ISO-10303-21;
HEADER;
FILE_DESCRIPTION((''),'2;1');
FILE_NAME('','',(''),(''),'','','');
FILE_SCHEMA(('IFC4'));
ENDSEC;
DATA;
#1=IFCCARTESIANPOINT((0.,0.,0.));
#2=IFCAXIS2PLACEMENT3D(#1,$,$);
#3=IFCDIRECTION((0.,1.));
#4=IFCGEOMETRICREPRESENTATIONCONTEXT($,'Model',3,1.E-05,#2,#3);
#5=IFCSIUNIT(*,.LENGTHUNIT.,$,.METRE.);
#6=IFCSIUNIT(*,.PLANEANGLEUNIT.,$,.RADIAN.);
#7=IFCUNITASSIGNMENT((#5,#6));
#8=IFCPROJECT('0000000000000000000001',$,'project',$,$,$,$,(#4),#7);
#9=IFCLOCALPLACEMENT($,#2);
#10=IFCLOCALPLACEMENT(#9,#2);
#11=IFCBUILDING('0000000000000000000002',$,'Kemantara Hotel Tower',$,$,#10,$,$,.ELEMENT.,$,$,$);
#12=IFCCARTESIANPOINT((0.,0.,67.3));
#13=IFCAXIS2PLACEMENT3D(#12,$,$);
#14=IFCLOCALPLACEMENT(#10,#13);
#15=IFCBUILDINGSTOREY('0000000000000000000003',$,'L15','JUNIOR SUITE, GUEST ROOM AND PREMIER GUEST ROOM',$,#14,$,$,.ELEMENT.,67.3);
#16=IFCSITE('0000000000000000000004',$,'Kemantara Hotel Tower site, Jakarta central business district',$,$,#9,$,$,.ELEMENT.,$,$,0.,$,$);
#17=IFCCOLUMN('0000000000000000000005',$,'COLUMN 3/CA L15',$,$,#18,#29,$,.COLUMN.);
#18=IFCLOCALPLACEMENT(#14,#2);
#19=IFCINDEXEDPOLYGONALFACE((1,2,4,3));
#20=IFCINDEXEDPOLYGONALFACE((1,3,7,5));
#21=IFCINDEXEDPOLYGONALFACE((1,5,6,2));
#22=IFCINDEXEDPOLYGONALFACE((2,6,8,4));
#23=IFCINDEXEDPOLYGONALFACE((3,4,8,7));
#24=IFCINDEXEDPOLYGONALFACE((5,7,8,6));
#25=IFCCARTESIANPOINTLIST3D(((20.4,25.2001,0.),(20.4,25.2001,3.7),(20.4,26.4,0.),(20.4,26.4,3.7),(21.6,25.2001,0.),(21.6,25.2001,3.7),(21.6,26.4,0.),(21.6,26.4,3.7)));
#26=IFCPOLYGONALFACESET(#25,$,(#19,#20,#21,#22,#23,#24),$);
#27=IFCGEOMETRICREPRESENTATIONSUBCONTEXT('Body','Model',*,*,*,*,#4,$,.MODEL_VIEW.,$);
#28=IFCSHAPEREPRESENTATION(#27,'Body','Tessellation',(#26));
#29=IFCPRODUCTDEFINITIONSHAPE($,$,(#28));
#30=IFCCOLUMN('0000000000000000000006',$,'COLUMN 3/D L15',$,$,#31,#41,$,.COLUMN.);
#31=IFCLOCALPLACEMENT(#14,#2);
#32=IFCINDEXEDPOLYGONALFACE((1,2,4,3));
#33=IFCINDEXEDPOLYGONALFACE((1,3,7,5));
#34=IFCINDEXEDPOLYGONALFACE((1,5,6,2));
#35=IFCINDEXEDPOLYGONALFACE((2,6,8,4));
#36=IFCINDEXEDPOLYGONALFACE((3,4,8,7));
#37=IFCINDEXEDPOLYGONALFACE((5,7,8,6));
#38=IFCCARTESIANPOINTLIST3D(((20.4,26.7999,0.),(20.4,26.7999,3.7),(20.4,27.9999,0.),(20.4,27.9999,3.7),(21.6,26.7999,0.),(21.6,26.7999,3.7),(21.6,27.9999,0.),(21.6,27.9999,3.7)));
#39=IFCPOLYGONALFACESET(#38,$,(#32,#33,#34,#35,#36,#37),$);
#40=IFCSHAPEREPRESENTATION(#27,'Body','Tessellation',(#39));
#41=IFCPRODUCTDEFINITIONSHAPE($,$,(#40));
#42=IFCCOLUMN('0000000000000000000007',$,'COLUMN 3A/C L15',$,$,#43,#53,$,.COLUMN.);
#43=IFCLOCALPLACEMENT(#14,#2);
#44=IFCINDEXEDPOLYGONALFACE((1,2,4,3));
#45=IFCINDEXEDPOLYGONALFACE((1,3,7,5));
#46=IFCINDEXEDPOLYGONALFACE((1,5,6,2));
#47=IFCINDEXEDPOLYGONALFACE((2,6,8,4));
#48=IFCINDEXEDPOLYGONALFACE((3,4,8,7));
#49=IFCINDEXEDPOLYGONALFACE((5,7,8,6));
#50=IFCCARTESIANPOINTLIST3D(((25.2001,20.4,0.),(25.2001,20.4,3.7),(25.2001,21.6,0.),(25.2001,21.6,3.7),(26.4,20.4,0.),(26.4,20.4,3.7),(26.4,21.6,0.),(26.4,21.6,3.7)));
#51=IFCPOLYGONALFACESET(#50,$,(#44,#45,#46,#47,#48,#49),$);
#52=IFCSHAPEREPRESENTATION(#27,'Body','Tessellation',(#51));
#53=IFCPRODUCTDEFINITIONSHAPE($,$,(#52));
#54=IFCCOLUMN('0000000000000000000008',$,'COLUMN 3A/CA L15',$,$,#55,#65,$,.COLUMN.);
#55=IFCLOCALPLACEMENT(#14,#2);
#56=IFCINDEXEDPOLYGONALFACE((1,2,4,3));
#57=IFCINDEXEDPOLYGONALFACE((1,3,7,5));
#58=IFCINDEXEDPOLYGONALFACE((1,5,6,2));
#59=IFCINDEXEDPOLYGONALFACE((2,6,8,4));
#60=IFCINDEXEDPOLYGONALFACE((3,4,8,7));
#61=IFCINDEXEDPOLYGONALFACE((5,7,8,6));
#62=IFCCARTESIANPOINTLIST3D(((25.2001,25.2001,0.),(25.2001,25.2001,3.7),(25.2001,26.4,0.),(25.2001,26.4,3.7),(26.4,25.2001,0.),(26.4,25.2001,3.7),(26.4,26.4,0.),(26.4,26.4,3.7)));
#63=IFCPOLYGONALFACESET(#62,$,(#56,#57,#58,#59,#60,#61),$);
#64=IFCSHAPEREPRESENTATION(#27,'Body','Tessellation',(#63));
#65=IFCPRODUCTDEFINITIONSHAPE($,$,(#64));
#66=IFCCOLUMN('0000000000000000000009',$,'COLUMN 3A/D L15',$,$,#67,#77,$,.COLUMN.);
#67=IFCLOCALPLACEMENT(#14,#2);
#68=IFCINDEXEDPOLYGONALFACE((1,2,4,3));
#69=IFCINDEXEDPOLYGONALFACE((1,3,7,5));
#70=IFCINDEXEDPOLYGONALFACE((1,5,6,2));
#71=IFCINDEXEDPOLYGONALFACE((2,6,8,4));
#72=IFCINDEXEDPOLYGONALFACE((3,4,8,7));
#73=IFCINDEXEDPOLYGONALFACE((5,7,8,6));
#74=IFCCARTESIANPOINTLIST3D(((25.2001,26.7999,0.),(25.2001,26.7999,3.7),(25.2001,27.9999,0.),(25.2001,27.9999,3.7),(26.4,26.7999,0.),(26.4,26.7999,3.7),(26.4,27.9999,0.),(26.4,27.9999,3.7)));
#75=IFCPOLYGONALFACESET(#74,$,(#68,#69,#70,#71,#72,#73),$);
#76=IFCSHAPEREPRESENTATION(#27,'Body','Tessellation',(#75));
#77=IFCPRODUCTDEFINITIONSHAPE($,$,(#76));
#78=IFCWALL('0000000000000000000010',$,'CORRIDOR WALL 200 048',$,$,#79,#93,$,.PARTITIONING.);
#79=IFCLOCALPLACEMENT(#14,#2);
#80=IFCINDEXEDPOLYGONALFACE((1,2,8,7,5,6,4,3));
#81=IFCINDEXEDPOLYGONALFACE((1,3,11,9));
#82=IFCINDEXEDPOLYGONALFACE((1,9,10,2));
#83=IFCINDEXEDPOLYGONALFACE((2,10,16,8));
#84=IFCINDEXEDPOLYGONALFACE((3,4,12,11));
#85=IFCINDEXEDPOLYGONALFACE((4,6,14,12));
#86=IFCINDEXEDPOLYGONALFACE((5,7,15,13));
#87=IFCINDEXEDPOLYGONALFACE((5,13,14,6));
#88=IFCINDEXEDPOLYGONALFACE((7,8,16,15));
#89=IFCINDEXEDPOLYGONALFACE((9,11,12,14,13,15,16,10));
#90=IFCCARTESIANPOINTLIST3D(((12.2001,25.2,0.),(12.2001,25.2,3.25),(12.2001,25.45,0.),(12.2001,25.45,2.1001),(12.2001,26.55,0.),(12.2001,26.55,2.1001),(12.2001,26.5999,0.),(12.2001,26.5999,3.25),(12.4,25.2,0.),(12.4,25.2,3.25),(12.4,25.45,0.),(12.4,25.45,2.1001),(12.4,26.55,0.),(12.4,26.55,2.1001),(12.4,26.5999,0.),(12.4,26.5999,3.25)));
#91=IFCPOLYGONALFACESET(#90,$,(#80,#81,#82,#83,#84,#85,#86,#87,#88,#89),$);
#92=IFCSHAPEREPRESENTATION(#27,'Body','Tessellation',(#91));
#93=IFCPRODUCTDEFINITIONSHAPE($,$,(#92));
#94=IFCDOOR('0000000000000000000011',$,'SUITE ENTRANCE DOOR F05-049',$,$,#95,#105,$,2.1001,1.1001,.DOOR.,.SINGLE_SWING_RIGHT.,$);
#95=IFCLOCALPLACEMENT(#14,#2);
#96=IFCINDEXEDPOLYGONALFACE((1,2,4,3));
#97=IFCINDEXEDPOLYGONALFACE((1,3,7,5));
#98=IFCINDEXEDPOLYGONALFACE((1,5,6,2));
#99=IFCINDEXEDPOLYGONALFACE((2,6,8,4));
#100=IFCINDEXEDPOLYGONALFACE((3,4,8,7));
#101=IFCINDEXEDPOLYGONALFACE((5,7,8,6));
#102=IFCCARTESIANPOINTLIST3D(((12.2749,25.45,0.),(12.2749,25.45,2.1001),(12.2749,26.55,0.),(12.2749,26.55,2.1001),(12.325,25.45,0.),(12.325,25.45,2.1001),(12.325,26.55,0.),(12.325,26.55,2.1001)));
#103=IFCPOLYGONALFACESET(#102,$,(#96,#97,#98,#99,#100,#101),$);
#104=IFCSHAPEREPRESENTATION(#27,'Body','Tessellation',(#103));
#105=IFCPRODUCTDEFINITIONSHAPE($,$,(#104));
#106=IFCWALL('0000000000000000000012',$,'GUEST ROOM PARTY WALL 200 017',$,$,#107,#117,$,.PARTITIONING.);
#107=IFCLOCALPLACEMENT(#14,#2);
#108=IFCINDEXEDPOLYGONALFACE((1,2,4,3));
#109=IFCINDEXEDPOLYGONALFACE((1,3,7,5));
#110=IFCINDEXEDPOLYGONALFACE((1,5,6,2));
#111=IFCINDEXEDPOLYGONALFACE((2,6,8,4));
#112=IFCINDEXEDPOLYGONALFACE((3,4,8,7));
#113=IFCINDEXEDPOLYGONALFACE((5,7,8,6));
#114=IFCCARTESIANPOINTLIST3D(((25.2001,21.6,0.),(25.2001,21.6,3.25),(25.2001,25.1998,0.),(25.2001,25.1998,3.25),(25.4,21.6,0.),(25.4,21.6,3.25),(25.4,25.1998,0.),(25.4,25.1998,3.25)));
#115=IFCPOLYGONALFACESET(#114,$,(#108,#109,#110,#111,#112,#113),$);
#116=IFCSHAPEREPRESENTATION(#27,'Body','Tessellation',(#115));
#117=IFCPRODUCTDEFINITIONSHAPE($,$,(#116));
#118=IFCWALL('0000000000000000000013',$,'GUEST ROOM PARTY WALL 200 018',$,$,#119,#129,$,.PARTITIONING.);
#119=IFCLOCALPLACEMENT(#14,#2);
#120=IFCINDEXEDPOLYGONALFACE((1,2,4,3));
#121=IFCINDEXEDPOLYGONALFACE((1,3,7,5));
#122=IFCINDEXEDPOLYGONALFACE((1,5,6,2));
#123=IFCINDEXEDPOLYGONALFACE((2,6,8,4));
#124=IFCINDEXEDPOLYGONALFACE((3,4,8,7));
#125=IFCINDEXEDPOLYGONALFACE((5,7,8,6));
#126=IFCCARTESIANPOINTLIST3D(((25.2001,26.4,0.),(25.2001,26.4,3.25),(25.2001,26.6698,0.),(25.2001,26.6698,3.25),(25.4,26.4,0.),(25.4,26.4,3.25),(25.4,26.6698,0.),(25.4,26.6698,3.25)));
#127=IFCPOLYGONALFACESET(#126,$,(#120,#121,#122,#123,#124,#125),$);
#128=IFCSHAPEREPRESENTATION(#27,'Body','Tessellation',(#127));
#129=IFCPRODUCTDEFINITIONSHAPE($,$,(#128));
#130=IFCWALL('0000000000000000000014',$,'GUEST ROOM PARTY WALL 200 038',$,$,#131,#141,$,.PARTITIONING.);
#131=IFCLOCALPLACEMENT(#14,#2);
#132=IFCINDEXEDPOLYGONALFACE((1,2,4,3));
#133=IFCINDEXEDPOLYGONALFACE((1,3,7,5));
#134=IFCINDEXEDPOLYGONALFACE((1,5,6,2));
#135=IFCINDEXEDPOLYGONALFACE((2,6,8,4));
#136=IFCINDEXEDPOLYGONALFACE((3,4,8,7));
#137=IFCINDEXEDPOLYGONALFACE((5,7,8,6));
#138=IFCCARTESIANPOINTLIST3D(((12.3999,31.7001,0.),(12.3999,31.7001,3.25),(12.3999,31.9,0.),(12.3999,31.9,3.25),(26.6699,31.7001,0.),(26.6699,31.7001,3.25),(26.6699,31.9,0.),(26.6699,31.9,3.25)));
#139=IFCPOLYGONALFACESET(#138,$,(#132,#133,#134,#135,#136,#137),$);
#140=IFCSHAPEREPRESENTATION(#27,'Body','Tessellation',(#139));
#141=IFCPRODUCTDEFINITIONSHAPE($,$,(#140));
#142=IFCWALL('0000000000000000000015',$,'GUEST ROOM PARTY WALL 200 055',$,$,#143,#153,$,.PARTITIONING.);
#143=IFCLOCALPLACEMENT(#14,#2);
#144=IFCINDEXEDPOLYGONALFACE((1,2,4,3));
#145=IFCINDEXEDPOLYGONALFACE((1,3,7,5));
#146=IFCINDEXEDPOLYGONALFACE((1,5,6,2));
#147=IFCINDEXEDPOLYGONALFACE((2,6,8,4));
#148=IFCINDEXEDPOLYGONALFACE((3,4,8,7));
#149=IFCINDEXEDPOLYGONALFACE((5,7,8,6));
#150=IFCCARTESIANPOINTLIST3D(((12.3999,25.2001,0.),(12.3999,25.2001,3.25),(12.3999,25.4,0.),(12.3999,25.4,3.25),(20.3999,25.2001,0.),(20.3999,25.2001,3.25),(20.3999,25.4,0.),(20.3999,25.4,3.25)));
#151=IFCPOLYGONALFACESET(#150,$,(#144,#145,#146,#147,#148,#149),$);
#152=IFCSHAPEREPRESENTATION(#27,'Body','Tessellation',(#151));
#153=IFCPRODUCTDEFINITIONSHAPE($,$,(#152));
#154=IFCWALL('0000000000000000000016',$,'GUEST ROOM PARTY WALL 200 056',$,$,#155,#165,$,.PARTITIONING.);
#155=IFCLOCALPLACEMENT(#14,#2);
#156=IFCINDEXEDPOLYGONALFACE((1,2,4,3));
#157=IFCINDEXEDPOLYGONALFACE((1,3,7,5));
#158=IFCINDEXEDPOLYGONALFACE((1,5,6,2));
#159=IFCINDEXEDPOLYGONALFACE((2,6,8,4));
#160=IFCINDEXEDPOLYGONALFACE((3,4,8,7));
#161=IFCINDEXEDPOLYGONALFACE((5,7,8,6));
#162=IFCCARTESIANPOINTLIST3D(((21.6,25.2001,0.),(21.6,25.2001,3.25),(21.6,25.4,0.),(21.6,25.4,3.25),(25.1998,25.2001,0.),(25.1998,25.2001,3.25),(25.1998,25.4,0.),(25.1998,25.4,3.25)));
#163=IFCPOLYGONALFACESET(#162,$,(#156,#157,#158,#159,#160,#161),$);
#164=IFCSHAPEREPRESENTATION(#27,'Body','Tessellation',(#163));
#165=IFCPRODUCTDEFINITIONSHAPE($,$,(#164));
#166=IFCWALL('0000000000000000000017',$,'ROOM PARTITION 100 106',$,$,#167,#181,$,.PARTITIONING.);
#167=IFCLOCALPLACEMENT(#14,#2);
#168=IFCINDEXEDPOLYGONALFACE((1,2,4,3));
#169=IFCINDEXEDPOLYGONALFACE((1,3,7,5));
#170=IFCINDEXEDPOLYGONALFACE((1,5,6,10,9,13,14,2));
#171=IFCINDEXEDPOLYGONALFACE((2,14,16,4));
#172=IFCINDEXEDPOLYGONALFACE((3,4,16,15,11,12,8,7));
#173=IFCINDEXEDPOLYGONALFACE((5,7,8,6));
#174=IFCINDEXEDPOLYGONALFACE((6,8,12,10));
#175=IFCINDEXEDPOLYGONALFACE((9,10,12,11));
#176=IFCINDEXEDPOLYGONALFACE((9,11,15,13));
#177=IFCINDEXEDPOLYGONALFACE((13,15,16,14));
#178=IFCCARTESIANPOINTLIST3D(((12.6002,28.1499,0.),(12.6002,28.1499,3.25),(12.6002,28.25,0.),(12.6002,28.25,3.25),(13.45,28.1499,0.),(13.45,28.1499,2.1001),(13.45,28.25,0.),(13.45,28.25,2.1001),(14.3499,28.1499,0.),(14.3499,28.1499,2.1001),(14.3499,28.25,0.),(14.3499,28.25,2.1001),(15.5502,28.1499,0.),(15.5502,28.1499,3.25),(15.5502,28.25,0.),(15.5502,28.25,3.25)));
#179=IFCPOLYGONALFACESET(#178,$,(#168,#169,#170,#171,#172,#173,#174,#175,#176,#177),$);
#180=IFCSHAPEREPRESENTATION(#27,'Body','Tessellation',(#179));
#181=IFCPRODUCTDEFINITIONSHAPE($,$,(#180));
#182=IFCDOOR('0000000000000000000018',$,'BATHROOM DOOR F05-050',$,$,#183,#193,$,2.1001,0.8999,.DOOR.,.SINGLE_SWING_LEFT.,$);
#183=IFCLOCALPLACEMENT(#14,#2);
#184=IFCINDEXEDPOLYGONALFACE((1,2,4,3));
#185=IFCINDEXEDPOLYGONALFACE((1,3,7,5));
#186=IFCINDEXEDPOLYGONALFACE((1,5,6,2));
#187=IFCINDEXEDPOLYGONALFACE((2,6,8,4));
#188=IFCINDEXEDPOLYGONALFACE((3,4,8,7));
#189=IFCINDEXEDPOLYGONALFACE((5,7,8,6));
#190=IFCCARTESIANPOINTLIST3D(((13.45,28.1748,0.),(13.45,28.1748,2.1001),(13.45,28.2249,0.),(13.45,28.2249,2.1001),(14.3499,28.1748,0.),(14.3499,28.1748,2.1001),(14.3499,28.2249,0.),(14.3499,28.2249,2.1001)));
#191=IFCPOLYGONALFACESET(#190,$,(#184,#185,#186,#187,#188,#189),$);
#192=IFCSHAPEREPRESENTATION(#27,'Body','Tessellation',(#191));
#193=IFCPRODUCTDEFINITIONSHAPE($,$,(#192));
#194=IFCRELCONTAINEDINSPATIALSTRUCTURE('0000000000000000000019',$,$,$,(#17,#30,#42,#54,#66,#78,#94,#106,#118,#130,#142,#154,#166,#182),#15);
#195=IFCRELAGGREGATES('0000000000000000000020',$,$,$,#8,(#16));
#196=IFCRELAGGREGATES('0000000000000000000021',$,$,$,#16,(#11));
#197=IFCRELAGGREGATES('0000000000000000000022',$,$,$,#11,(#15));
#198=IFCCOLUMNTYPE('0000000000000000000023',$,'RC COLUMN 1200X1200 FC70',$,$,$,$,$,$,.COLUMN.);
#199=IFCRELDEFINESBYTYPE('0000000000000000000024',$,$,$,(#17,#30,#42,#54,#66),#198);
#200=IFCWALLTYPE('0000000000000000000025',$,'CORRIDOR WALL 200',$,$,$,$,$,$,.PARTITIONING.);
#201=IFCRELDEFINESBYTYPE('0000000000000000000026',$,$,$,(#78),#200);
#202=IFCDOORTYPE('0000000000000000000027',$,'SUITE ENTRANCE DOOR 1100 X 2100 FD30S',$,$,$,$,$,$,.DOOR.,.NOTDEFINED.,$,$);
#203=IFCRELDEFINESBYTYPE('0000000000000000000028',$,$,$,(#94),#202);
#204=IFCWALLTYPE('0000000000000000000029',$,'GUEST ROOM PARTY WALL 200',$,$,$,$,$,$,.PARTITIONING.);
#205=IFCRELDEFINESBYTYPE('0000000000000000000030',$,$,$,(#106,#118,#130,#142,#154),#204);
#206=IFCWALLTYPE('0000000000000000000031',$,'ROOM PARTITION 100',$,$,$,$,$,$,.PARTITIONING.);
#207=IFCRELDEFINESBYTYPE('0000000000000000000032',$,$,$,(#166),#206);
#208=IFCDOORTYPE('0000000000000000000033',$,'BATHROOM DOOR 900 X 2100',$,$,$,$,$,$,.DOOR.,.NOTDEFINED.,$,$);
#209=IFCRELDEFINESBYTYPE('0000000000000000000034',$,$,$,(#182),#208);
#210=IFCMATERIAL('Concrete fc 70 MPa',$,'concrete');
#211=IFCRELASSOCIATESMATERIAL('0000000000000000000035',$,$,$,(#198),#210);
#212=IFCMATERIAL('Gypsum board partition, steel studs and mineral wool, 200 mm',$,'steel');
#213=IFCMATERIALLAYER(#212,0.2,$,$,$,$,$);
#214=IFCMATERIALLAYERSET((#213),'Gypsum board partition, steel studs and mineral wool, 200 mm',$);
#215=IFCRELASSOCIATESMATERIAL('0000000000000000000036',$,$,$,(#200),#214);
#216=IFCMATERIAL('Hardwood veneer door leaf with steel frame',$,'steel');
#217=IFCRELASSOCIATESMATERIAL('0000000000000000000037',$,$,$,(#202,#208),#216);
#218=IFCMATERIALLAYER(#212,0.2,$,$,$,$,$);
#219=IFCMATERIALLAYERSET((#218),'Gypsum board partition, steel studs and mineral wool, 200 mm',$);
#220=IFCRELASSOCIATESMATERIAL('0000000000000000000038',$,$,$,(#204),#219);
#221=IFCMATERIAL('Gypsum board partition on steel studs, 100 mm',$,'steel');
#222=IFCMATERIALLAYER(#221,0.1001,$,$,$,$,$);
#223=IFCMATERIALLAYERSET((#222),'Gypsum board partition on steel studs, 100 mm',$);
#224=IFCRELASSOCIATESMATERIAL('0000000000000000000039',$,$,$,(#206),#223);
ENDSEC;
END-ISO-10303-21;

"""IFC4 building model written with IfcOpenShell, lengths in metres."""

from ifc_helpers import new_model, si_unit, direction, frame, frame_2d, origin, origin_2d, place, context, subcontext, project, spatial, rectangle, extrude, material, layer, layer_set, material_profile, profile_set, type_object, element, fill, save


model = new_model("IFC4")

# Units and contexts
model_context = context("Model", 3, precision=1e-05, world=origin(), true_north=direction((0.0, 1.0)))
body_context = subcontext(model_context, "Body", "Model", "MODEL_VIEW")
ifc_project = project(units=[si_unit("LENGTHUNIT", "METRE"), si_unit("PLANEANGLEUNIT", "RADIAN")], contexts=[model_context])

# Site, building, storey
site_placement = place(None, origin())
site = spatial("IfcSite", under=ifc_project, at=site_placement, Name="Kemantara Hotel Tower site, Jakarta central business district", CompositionType="ELEMENT", RefElevation=0.0)
building_placement = place(site_placement, origin())
building = spatial("IfcBuilding", under=site, at=building_placement, Name="Kemantara Hotel Tower", CompositionType="ELEMENT")
storey_placement = place(building_placement, frame((0.0, 0.0, 67.3)))
storey = spatial("IfcBuildingStorey", under=building, at=storey_placement, Name="L15", Description="JUNIOR SUITE, GUEST ROOM AND PREMIER GUEST ROOM", CompositionType="ELEMENT", Elevation=67.3)

# Columns
ifc_material_1 = material(Name="Concrete fc 70 MPa", Category="concrete")
ifc_material_profile = material_profile(ifc_material_1, rectangle(XDim=1.2, YDim=1.2, at=origin_2d()), Name="RC 1200X1200")
ifc_profile_set = profile_set([ifc_material_profile], Name="Concrete fc 70 MPa")
column_type = type_object("IfcColumnType", Name="RC COLUMN 1200X1200 FC70", PredefinedType="COLUMN", material=ifc_profile_set)
for number, where, z_axis, x_axis, name in (
    (1, (21.0, 25.8, 0.0), (0.0, 0.0, 1.0), (1.0, 0.0, 0.0), "COLUMN 3/CA L15"),
    (2, (21.0, 27.3999, 0.0), (0.0, 0.0, 1.0), (1.0, 0.0, 0.0), "COLUMN 3/D L15"),
    (3, (25.8, 21.0, 0.0), (0.0, 0.0, 1.0), (1.0, 0.0, 0.0), "COLUMN 3A/C L15"),
    (4, (25.8, 25.8, 0.0), (0.0, 0.0, 1.0), (1.0, 0.0, 0.0), "COLUMN 3A/CA L15"),
    (5, (25.8, 27.3999, 0.0), (0.0, 0.0, 1.0), (1.0, 0.0, 0.0), "COLUMN 3A/D L15"),
):
    element("IfcColumn", number, at=place(storey_placement, frame(where, z_axis=z_axis, x_axis=x_axis)), inside=storey, type_object=column_type, Name=name, PredefinedType="COLUMN", context=body_context, shape_type="SweptSolid", body=[
        extrude(rectangle(XDim=1.2, YDim=1.2, at=origin_2d()), origin(), (0.0, 0.0, 1.0), 3.7),
    ])

# Wall, opening, door
ifc_material_2 = material(Name="Gypsum board partition, steel studs and mineral wool, 200 mm", Category="steel")
ifc_layer_1 = layer(ifc_material_2, 0.2)
ifc_layer_set_1 = layer_set([ifc_layer_1], Name="Gypsum board partition, steel studs and mineral wool, 200 mm")
wall_type_1 = type_object("IfcWallType", Name="CORRIDOR WALL 200", PredefinedType="PARTITIONING", material=ifc_layer_set_1)
wall_1_placement = place(storey_placement, frame((12.3, 26.5999, 0.0), z_axis=(0.0, 0.0, 1.0), x_axis=(0.0, -1.0, 0.0)))
wall_1 = element("IfcWall", 6, at=wall_1_placement, inside=storey, type_object=wall_type_1, Name="CORRIDOR WALL 200 048", PredefinedType="PARTITIONING", context=body_context, shape_type="SweptSolid", body=[
    extrude(rectangle(XDim=1.3999, YDim=0.2, at=frame_2d((0.7, 0.0))), origin(), (0.0, 0.0, 1.0), 3.25),
])
opening_1_placement = place(wall_1_placement, frame((0.0498, 0.0, 0.0)))
opening_1 = element("IfcOpeningElement", 7, at=opening_1_placement, cuts=wall_1, PredefinedType="OPENING", context=body_context, shape_type="SweptSolid", body=[
    extrude(rectangle(XDim=1.1001, YDim=2.1001, at=frame_2d((0.55, 1.05))), frame((0.0, 0.1099, 0.0), z_axis=(0.0, -1.0, 0.0), x_axis=(1.0, 0.0, 0.0)), (0.0, 0.0, 1.0), 0.22),
])
ifc_material_3 = material(Name="Hardwood veneer door leaf with steel frame", Category="steel")
door_type_1 = type_object("IfcDoorType", Name="SUITE ENTRANCE DOOR 1100 X 2100 FD30S", OperationType="NOTDEFINED", PredefinedType="DOOR", material=ifc_material_3)
door_1_placement = place(opening_1_placement, origin())
door_1 = element("IfcDoor", 8, at=door_1_placement, inside=storey, type_object=door_type_1, Name="SUITE ENTRANCE DOOR F05-049", OperationType="SINGLE_SWING_RIGHT", OverallHeight=2.1001, OverallWidth=1.1001, PredefinedType="DOOR", context=body_context, shape_type="SweptSolid", body=[
    extrude(rectangle(XDim=1.1001, YDim=2.1001, at=frame_2d((0.55, 1.05))), frame((0.0, 0.0249, 0.0), z_axis=(0.0, -1.0, 0.0), x_axis=(1.0, 0.0, 0.0)), (0.0, 0.0, 1.0), 0.05),
])
fill(opening_1, door_1)

# Walls
ifc_layer_2 = layer(ifc_material_2, 0.2)
ifc_layer_set_2 = layer_set([ifc_layer_2], Name="Gypsum board partition, steel studs and mineral wool, 200 mm")
wall_type_2 = type_object("IfcWallType", Name="GUEST ROOM PARTY WALL 200", PredefinedType="PARTITIONING", material=ifc_layer_set_2)
wall_2_placement = place(storey_placement, frame((25.3, 21.6001, 0.0), z_axis=(0.0, 0.0, 1.0), x_axis=(0.0, 1.0, 0.0)))
element("IfcWall", 9, at=wall_2_placement, inside=storey, type_object=wall_type_2, Name="GUEST ROOM PARTY WALL 200 017", PredefinedType="PARTITIONING", context=body_context, shape_type="SweptSolid", body=[
    extrude(rectangle(XDim=3.5999, YDim=0.2, at=frame_2d((1.7998, 0.0))), origin(), (0.0, 0.0, 1.0), 3.25),
])
wall_3_placement = place(storey_placement, frame((25.3, 26.4001, 0.0), z_axis=(0.0, 0.0, 1.0), x_axis=(0.0, 1.0, 0.0)))
element("IfcWall", 10, at=wall_3_placement, inside=storey, type_object=wall_type_2, Name="GUEST ROOM PARTY WALL 200 018", PredefinedType="PARTITIONING", context=body_context, shape_type="SweptSolid", body=[
    extrude(rectangle(XDim=0.2698, YDim=0.2, at=frame_2d((0.1348, 0.0))), origin(), (0.0, 0.0, 1.0), 3.25),
])
wall_4_placement = place(storey_placement, frame((12.3999, 31.8, 0.0), z_axis=(0.0, 0.0, 1.0), x_axis=(1.0, 0.0, 0.0)))
element("IfcWall", 11, at=wall_4_placement, inside=storey, type_object=wall_type_2, Name="GUEST ROOM PARTY WALL 200 038", PredefinedType="PARTITIONING", context=body_context, shape_type="SweptSolid", body=[
    extrude(rectangle(XDim=14.27, YDim=0.2, at=frame_2d((7.135, 0.0))), origin(), (0.0, 0.0, 1.0), 3.25),
])
wall_5_placement = place(storey_placement, frame((12.3999, 25.3, 0.0), z_axis=(0.0, 0.0, 1.0), x_axis=(1.0, 0.0, 0.0)))
element("IfcWall", 12, at=wall_5_placement, inside=storey, type_object=wall_type_2, Name="GUEST ROOM PARTY WALL 200 055", PredefinedType="PARTITIONING", context=body_context, shape_type="SweptSolid", body=[
    extrude(rectangle(XDim=8.0, YDim=0.2, at=frame_2d((4.0, 0.0))), origin(), (0.0, 0.0, 1.0), 3.25),
])
wall_6_placement = place(storey_placement, frame((21.6001, 25.3, 0.0), z_axis=(0.0, 0.0, 1.0), x_axis=(1.0, 0.0, 0.0)))
element("IfcWall", 13, at=wall_6_placement, inside=storey, type_object=wall_type_2, Name="GUEST ROOM PARTY WALL 200 056", PredefinedType="PARTITIONING", context=body_context, shape_type="SweptSolid", body=[
    extrude(rectangle(XDim=3.5999, YDim=0.2, at=frame_2d((1.7998, 0.0))), origin(), (0.0, 0.0, 1.0), 3.25),
])

# Wall, opening, door
ifc_material_4 = material(Name="Gypsum board partition on steel studs, 100 mm", Category="steel")
ifc_layer_3 = layer(ifc_material_4, 0.1001)
ifc_layer_set_3 = layer_set([ifc_layer_3], Name="Gypsum board partition on steel studs, 100 mm")
wall_type_3 = type_object("IfcWallType", Name="ROOM PARTITION 100", PredefinedType="PARTITIONING", material=ifc_layer_set_3)
wall_7_placement = place(storey_placement, frame((12.6001, 28.2, 0.0), z_axis=(0.0, 0.0, 1.0), x_axis=(1.0, 0.0, 0.0)))
wall_7 = element("IfcWall", 14, at=wall_7_placement, inside=storey, type_object=wall_type_3, Name="ROOM PARTITION 100 106", PredefinedType="PARTITIONING", context=body_context, shape_type="SweptSolid", body=[
    extrude(rectangle(XDim=2.95, YDim=0.1001, at=frame_2d((1.4751, 0.0))), origin(), (0.0, 0.0, 1.0), 3.25),
])
opening_2_placement = place(wall_7_placement, frame((0.8499, 0.0, 0.0)))
opening_2 = element("IfcOpeningElement", 15, at=opening_2_placement, cuts=wall_7, PredefinedType="OPENING", context=body_context, shape_type="SweptSolid", body=[
    extrude(rectangle(XDim=0.8999, YDim=2.1001, at=frame_2d((0.45, 1.05))), frame((0.0, 0.0601, 0.0), z_axis=(0.0, -1.0, 0.0), x_axis=(1.0, 0.0, 0.0)), (0.0, 0.0, 1.0), 0.1201),
])
door_type_2 = type_object("IfcDoorType", Name="BATHROOM DOOR 900 X 2100", OperationType="NOTDEFINED", PredefinedType="DOOR", material=ifc_material_3)
door_2_placement = place(opening_2_placement, origin())
door_2 = element("IfcDoor", 16, at=door_2_placement, inside=storey, type_object=door_type_2, Name="BATHROOM DOOR F05-050", OperationType="SINGLE_SWING_LEFT", OverallHeight=2.1001, OverallWidth=0.8999, PredefinedType="DOOR", context=body_context, shape_type="SweptSolid", body=[
    extrude(rectangle(XDim=0.8999, YDim=2.1001, at=frame_2d((0.45, 1.05))), frame((0.0, 0.0249, 0.0), z_axis=(0.0, -1.0, 0.0), x_axis=(1.0, 0.0, 0.0)), (0.0, 0.0, 1.0), 0.05),
])
fill(opening_2, door_2)

save(model, "model.ifc")
